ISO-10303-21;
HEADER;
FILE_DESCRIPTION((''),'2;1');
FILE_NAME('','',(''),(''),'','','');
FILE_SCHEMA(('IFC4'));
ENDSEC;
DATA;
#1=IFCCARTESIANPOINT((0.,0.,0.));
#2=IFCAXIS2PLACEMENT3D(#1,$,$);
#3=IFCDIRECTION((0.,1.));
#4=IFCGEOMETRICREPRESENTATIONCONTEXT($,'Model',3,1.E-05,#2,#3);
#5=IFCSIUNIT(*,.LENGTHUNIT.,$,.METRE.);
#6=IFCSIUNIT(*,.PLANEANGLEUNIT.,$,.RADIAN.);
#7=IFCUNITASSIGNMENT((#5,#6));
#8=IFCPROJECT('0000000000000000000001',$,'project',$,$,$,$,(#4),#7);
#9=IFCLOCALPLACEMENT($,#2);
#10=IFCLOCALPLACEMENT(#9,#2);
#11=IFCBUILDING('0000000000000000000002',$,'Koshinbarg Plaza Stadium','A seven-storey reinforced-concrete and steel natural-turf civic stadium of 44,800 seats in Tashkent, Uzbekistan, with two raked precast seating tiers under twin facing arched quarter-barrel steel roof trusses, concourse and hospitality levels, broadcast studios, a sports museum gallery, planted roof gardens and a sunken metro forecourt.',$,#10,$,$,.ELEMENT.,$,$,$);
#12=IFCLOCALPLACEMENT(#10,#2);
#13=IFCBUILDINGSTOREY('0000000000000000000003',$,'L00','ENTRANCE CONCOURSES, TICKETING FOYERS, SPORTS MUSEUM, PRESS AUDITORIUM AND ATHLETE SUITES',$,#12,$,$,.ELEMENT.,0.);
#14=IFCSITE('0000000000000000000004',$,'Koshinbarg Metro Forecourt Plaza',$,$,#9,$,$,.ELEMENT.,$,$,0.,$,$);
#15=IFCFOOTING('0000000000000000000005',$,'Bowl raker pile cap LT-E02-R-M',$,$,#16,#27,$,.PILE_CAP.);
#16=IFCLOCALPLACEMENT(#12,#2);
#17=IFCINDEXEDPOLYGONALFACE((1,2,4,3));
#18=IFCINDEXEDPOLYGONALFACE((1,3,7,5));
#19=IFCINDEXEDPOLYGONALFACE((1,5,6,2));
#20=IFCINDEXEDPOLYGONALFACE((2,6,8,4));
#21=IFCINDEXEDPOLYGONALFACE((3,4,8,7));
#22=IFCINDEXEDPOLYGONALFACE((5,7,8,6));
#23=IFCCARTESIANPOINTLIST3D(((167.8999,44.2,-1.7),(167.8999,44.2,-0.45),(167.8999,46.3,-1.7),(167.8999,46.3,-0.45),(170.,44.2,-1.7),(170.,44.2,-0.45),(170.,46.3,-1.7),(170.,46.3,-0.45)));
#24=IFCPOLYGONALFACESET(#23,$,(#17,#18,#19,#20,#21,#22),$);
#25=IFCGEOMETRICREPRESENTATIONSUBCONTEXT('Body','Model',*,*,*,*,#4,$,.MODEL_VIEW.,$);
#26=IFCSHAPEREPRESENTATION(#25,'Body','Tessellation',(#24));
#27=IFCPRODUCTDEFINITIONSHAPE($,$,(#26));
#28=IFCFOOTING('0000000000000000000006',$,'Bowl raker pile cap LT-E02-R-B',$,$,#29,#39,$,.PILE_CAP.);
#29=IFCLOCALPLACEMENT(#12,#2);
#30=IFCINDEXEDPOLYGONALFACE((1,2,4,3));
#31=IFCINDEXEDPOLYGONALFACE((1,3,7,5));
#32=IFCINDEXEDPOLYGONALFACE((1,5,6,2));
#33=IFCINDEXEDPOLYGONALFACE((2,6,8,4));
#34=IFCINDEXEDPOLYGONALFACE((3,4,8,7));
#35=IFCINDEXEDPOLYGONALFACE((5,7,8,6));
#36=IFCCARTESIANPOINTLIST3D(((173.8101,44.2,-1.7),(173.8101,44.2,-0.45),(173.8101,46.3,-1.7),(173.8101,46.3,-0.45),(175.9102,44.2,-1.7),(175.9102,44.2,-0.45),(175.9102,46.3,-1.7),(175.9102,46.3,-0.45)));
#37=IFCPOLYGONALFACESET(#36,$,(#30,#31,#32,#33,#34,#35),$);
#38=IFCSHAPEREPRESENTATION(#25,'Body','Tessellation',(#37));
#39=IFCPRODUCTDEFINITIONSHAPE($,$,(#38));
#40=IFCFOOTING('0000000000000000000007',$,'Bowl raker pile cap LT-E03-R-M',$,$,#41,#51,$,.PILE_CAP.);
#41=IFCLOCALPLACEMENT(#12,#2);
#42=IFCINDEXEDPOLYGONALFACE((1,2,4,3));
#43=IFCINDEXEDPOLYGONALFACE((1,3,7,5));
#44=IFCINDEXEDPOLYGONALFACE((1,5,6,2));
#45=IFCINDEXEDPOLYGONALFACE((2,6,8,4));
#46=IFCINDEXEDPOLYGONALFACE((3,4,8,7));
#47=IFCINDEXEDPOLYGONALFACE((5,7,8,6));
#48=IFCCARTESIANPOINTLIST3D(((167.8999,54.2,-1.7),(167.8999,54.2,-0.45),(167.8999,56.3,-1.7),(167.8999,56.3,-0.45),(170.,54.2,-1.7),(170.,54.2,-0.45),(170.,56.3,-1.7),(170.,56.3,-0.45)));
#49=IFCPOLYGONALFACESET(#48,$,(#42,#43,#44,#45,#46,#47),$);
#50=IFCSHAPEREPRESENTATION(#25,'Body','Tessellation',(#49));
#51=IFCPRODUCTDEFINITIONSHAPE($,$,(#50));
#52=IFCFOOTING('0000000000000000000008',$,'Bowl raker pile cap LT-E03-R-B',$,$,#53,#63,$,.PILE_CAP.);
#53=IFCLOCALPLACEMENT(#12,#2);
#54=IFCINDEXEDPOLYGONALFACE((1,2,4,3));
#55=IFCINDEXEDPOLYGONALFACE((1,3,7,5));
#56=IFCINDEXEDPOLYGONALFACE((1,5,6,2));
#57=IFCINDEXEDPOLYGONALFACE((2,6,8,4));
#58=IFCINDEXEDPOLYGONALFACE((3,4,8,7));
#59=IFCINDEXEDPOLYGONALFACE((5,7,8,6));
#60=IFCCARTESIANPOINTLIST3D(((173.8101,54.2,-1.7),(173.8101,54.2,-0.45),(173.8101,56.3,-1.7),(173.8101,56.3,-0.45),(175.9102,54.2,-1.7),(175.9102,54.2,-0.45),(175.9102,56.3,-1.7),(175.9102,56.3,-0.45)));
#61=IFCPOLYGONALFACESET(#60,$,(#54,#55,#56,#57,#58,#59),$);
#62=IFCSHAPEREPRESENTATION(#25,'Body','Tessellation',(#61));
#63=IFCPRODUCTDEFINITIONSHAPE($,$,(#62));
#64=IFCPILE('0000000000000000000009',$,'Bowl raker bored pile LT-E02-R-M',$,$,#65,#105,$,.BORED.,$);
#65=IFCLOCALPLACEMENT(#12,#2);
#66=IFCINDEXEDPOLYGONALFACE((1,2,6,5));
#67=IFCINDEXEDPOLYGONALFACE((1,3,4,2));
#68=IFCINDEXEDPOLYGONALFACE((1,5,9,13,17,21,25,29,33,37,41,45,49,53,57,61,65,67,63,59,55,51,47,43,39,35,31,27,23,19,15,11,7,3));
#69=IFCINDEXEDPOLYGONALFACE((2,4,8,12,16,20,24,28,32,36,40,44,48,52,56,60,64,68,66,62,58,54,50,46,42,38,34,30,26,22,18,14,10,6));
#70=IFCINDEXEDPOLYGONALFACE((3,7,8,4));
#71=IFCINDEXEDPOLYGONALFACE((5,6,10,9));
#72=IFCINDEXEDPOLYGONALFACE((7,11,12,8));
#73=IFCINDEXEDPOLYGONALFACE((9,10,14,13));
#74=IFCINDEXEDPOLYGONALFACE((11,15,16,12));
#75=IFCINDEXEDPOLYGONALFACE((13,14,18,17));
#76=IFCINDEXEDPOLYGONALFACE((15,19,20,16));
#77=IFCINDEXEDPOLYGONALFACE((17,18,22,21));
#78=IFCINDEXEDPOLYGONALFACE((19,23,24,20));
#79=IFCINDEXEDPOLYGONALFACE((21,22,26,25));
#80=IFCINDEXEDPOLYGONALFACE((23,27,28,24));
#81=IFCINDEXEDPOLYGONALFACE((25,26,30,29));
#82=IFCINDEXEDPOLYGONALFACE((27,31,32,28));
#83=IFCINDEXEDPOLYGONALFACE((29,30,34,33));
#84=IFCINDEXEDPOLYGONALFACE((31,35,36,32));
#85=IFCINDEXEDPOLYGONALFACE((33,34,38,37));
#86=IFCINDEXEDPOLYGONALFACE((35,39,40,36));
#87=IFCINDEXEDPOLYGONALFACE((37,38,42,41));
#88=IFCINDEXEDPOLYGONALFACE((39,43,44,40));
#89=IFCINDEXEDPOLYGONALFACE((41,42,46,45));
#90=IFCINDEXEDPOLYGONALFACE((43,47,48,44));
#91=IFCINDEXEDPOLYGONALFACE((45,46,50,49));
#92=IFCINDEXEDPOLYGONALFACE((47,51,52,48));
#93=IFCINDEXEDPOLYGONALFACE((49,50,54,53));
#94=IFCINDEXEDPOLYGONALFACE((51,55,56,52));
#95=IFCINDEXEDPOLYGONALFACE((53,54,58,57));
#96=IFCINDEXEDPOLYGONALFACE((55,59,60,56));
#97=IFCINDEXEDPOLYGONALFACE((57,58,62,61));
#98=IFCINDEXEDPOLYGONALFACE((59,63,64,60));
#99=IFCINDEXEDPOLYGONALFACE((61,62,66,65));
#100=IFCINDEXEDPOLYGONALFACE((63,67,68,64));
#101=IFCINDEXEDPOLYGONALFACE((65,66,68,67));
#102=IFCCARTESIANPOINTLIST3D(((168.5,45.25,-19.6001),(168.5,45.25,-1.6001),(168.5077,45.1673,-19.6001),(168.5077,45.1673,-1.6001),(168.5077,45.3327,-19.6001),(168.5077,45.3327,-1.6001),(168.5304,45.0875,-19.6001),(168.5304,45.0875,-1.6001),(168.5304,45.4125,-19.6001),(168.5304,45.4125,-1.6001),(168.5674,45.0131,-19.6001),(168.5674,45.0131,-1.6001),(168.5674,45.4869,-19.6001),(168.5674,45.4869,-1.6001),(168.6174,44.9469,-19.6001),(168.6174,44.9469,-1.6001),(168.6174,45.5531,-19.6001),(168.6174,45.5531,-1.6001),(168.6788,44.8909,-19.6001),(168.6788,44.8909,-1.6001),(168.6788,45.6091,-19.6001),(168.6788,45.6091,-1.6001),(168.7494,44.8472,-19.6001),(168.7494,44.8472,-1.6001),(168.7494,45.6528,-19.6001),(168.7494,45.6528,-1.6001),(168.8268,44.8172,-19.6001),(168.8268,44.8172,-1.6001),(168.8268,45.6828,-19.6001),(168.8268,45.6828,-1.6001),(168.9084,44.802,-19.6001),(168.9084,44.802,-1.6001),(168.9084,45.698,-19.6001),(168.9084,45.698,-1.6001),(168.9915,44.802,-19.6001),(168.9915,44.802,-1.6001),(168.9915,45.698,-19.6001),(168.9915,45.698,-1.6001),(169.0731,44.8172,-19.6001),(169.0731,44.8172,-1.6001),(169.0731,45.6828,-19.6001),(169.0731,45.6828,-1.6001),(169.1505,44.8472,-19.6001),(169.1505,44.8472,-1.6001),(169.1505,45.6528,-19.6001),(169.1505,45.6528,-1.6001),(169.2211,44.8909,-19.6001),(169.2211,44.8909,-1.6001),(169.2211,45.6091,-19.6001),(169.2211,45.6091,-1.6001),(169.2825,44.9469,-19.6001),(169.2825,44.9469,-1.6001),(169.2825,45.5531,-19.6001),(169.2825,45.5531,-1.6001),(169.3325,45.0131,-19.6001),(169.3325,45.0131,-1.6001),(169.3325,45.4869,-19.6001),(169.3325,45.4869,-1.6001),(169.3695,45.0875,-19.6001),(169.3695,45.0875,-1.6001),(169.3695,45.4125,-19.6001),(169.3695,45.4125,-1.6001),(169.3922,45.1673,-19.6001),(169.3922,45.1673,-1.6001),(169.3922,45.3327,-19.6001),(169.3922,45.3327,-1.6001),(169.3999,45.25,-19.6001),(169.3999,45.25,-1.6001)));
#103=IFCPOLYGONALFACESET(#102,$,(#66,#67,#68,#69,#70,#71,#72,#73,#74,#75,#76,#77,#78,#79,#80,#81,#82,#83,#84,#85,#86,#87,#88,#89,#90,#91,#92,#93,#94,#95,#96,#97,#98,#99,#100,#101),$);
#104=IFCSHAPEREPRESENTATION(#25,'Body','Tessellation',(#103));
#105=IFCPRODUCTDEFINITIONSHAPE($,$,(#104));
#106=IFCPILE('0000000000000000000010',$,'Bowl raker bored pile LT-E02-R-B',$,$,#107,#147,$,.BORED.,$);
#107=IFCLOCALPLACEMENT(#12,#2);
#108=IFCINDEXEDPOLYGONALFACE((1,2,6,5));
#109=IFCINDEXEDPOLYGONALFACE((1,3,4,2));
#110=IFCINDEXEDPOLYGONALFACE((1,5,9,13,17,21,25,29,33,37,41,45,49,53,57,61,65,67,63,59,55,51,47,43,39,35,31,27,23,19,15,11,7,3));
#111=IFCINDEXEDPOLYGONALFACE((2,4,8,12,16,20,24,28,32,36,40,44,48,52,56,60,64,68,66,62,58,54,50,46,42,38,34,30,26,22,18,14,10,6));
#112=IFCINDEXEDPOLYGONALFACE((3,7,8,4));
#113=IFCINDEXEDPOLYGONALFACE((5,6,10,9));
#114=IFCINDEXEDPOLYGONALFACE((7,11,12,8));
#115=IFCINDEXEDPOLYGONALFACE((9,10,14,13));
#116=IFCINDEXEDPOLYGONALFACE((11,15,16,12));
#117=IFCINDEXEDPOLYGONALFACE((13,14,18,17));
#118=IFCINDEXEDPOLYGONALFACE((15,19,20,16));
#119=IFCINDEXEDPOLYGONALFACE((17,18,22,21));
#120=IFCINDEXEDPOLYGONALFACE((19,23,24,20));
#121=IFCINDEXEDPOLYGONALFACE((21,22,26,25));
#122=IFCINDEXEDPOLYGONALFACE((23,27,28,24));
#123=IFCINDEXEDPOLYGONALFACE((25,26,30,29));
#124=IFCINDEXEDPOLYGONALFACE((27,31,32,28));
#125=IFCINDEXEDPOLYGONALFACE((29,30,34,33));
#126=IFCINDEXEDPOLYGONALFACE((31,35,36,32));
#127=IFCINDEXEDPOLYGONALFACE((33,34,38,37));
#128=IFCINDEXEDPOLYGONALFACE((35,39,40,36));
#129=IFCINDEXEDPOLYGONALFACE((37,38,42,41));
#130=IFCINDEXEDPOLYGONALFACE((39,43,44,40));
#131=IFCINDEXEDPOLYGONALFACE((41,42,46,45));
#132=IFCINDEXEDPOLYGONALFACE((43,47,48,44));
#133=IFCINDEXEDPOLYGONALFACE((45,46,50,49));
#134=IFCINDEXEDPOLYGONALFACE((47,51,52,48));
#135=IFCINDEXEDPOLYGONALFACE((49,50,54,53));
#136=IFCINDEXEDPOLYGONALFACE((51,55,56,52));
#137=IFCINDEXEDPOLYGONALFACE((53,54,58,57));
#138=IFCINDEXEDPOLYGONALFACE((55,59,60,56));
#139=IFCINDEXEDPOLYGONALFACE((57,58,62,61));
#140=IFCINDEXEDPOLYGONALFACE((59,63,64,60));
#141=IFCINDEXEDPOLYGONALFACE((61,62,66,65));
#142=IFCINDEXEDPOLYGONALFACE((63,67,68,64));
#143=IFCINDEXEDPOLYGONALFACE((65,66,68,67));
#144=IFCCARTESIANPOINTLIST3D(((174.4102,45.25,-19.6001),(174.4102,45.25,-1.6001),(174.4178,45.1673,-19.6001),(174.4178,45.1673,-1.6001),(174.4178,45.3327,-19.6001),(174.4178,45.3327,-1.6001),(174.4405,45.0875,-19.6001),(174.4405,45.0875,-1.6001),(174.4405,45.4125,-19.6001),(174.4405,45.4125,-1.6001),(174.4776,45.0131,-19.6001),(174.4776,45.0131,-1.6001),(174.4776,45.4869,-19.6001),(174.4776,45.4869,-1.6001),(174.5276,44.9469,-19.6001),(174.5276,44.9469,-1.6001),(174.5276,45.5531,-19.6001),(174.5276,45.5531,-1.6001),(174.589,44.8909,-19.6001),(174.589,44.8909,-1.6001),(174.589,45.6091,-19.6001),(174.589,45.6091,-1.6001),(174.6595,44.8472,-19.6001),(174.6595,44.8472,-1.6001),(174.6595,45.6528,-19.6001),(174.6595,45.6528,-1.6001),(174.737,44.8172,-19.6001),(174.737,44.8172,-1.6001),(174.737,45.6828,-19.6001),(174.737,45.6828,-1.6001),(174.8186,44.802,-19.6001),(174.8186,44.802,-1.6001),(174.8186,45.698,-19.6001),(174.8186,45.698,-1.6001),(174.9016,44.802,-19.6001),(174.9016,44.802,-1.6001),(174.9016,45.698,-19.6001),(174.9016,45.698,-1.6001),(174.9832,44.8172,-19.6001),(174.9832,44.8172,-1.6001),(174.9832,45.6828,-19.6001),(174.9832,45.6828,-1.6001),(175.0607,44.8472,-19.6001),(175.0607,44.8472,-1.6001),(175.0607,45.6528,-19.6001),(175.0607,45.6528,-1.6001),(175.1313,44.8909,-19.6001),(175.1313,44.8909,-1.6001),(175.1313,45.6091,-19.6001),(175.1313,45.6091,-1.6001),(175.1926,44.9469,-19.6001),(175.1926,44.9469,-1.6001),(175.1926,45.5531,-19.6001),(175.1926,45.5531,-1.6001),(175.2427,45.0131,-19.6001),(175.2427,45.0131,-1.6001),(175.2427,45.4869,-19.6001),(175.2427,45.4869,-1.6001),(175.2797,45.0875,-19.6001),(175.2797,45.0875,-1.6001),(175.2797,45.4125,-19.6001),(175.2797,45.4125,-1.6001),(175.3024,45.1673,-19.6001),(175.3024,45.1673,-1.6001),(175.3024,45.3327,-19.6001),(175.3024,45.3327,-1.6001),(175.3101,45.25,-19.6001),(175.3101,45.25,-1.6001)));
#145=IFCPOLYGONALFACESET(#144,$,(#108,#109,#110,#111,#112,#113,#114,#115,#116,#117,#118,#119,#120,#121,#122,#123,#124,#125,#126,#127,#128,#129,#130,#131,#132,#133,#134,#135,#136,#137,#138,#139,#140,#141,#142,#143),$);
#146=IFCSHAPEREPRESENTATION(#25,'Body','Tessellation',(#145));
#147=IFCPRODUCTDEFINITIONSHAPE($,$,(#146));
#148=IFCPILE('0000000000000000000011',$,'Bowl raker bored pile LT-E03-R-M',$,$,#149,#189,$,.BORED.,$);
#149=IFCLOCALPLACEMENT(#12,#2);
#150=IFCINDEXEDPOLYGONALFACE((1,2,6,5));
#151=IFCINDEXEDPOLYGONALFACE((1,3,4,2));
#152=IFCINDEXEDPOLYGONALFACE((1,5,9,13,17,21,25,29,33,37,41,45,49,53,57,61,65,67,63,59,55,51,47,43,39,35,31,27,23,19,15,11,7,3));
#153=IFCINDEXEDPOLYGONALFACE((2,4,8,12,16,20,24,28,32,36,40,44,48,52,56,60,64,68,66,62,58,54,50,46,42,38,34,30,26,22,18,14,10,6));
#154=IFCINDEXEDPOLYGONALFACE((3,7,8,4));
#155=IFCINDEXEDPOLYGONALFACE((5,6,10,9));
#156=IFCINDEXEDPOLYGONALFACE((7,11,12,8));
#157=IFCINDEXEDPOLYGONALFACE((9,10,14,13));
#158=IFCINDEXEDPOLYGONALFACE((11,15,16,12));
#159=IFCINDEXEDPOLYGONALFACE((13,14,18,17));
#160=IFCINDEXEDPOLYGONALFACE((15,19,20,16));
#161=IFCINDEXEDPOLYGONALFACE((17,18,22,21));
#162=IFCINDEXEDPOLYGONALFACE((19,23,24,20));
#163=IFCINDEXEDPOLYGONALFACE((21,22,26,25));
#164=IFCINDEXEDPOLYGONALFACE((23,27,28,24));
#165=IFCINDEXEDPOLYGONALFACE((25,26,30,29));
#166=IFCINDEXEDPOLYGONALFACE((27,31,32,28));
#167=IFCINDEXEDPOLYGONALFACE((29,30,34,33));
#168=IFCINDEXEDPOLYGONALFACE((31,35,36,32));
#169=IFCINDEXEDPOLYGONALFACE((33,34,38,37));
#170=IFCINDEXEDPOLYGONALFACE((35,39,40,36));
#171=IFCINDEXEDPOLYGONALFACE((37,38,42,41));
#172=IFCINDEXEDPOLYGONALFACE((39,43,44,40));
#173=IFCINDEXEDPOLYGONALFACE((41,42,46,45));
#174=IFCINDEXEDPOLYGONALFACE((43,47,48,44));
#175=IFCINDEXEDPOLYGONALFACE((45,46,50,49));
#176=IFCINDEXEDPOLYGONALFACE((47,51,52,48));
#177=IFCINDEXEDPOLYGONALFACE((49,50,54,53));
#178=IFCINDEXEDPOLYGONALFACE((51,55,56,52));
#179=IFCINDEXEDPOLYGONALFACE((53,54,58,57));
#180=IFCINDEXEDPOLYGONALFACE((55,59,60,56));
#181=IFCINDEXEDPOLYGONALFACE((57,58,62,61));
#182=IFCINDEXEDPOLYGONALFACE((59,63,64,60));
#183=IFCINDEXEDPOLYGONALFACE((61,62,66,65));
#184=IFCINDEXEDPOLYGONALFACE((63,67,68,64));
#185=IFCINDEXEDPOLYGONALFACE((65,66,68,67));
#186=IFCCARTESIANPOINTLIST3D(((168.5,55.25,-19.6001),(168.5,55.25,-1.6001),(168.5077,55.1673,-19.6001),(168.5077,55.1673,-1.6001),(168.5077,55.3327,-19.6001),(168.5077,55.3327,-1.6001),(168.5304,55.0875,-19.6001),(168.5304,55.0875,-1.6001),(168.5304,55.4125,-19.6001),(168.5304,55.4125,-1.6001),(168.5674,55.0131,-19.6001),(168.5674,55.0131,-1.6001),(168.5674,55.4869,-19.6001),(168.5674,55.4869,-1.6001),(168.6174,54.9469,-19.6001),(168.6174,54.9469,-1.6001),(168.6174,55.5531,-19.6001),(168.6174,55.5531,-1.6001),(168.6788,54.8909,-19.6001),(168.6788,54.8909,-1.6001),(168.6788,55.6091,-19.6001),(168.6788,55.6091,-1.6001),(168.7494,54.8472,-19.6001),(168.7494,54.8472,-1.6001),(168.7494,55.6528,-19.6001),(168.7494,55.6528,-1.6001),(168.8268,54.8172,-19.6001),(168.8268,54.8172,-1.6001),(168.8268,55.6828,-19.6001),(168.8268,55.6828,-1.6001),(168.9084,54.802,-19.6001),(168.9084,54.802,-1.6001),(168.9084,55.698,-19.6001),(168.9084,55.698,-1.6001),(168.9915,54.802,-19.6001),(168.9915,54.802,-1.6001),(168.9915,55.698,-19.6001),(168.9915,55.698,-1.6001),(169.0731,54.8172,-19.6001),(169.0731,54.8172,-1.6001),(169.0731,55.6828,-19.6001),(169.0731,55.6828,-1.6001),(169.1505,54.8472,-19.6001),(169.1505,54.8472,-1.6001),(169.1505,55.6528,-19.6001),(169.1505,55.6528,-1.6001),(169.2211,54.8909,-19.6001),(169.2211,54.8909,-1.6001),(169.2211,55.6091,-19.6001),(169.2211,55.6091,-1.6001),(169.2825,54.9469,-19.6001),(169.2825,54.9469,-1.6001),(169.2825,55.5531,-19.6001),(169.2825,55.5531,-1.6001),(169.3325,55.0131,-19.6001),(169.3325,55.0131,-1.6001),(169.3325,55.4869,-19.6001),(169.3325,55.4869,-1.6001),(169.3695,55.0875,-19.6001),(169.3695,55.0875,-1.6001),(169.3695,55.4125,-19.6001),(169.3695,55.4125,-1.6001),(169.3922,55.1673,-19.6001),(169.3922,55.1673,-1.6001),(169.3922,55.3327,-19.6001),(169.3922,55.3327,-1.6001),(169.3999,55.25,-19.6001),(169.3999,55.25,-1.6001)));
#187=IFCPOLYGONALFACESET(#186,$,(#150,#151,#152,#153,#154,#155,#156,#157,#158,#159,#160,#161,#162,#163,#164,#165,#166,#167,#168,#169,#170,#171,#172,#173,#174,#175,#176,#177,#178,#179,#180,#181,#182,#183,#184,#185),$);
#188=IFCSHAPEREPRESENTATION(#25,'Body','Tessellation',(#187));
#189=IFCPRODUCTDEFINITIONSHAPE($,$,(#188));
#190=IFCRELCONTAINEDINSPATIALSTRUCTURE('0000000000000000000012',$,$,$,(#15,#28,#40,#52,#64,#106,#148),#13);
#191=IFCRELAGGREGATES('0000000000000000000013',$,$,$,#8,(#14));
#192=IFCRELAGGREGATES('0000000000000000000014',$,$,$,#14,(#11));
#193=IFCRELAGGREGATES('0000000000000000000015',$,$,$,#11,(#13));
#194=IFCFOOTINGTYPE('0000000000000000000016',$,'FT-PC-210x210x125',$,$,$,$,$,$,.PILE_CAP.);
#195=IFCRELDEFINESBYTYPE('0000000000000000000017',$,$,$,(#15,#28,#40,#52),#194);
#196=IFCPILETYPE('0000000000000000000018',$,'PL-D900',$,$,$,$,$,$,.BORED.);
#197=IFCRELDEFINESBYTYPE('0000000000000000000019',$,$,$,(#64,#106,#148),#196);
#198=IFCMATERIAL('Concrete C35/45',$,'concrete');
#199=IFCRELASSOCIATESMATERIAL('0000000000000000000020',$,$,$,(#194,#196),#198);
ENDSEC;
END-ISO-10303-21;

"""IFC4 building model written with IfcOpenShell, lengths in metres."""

from ifc_helpers import new_model, si_unit, direction, frame, origin, origin_2d, place, context, subcontext, project, spatial, rectangle, circle, extrude, material, material_profile, profile_set, type_object, element, save


model = new_model("IFC4")

# Units and contexts
model_context = context("Model", 3, precision=1e-05, world=origin(), true_north=direction((0.0, 1.0)))
body_context = subcontext(model_context, "Body", "Model", "MODEL_VIEW")
ifc_project = project(units=[si_unit("LENGTHUNIT", "METRE"), si_unit("PLANEANGLEUNIT", "RADIAN")], contexts=[model_context])

# Site, building, storey
site_placement = place(None, origin())
site = spatial("IfcSite", under=ifc_project, at=site_placement, Name="Koshinbarg Metro Forecourt Plaza", CompositionType="ELEMENT", RefElevation=0.0)
building_placement = place(site_placement, origin())
building = spatial("IfcBuilding", under=site, at=building_placement, Name="Koshinbarg Plaza Stadium", Description="A seven-storey reinforced-concrete and steel natural-turf civic stadium of 44,800 seats in Tashkent, Uzbekistan, with two raked precast seating tiers under twin facing arched quarter-barrel steel roof trusses, concourse and hospitality levels, broadcast studios, a sports museum gallery, planted roof gardens and a sunken metro forecourt.", CompositionType="ELEMENT")
storey_placement = place(building_placement, origin())
storey = spatial("IfcBuildingStorey", under=building, at=storey_placement, Name="L00", Description="ENTRANCE CONCOURSES, TICKETING FOYERS, SPORTS MUSEUM, PRESS AUDITORIUM AND ATHLETE SUITES", CompositionType="ELEMENT", Elevation=0.0)

# Footings
ifc_material_1 = material(Name="Concrete C35/45", Category="concrete")
footing_type = type_object("IfcFootingType", Name="FT-PC-210x210x125", PredefinedType="PILE_CAP", material=ifc_material_1)
for number, where, z_axis, x_axis, name in (
    (1, (168.95, 45.25, -1.7), (0.0, 0.0, 1.0), (1.0, 0.0, 0.0), "Bowl raker pile cap LT-E02-R-M"),
    (2, (174.8601, 45.25, -1.7), (0.0, 0.0, 1.0), (1.0, 0.0, 0.0), "Bowl raker pile cap LT-E02-R-B"),
    (3, (168.95, 55.25, -1.7), (0.0, 0.0, 1.0), (1.0, 0.0, 0.0), "Bowl raker pile cap LT-E03-R-M"),
    (4, (174.8601, 55.25, -1.7), (0.0, 0.0, 1.0), (1.0, 0.0, 0.0), "Bowl raker pile cap LT-E03-R-B"),
):
    element("IfcFooting", number, at=place(storey_placement, frame(where, z_axis=z_axis, x_axis=x_axis)), inside=storey, type_object=footing_type, Name=name, PredefinedType="PILE_CAP", context=body_context, shape_type="SweptSolid", body=[
        extrude(rectangle(XDim=2.1001, YDim=2.1001, at=origin_2d()), origin(), (0.0, 0.0, 1.0), 1.25),
    ])

# Piles
ifc_material_profile_1 = material_profile(ifc_material_1, circle(Radius=0.45, at=origin_2d()), Name="PILE D900")
ifc_profile_set_1 = profile_set([ifc_material_profile_1], Name="Concrete C35/45")
pile_type = type_object("IfcPileType", Name="PL-D900", PredefinedType="BORED", material=ifc_profile_set_1)
for number, where, z_axis, x_axis, name in (
    (5, (168.95, 45.25, -1.6001), (0.0, 0.0, -1.0), (1.0, 0.0, 0.0), "Bowl raker bored pile LT-E02-R-M"),
    (6, (174.8601, 45.25, -1.6001), (0.0, 0.0, -1.0), (1.0, 0.0, 0.0), "Bowl raker bored pile LT-E02-R-B"),
    (7, (168.95, 55.25, -1.6001), (0.0, 0.0, -1.0), (1.0, 0.0, 0.0), "Bowl raker bored pile LT-E03-R-M"),
):
    element("IfcPile", number, at=place(storey_placement, frame(where, z_axis=z_axis, x_axis=x_axis)), inside=storey, type_object=pile_type, Name=name, PredefinedType="BORED", context=body_context, shape_type="SweptSolid", body=[
        extrude(circle(Radius=0.45, at=origin_2d()), origin(), (0.0, 0.0, 1.0), 18.0),
    ])

save(model, "model.ifc")
